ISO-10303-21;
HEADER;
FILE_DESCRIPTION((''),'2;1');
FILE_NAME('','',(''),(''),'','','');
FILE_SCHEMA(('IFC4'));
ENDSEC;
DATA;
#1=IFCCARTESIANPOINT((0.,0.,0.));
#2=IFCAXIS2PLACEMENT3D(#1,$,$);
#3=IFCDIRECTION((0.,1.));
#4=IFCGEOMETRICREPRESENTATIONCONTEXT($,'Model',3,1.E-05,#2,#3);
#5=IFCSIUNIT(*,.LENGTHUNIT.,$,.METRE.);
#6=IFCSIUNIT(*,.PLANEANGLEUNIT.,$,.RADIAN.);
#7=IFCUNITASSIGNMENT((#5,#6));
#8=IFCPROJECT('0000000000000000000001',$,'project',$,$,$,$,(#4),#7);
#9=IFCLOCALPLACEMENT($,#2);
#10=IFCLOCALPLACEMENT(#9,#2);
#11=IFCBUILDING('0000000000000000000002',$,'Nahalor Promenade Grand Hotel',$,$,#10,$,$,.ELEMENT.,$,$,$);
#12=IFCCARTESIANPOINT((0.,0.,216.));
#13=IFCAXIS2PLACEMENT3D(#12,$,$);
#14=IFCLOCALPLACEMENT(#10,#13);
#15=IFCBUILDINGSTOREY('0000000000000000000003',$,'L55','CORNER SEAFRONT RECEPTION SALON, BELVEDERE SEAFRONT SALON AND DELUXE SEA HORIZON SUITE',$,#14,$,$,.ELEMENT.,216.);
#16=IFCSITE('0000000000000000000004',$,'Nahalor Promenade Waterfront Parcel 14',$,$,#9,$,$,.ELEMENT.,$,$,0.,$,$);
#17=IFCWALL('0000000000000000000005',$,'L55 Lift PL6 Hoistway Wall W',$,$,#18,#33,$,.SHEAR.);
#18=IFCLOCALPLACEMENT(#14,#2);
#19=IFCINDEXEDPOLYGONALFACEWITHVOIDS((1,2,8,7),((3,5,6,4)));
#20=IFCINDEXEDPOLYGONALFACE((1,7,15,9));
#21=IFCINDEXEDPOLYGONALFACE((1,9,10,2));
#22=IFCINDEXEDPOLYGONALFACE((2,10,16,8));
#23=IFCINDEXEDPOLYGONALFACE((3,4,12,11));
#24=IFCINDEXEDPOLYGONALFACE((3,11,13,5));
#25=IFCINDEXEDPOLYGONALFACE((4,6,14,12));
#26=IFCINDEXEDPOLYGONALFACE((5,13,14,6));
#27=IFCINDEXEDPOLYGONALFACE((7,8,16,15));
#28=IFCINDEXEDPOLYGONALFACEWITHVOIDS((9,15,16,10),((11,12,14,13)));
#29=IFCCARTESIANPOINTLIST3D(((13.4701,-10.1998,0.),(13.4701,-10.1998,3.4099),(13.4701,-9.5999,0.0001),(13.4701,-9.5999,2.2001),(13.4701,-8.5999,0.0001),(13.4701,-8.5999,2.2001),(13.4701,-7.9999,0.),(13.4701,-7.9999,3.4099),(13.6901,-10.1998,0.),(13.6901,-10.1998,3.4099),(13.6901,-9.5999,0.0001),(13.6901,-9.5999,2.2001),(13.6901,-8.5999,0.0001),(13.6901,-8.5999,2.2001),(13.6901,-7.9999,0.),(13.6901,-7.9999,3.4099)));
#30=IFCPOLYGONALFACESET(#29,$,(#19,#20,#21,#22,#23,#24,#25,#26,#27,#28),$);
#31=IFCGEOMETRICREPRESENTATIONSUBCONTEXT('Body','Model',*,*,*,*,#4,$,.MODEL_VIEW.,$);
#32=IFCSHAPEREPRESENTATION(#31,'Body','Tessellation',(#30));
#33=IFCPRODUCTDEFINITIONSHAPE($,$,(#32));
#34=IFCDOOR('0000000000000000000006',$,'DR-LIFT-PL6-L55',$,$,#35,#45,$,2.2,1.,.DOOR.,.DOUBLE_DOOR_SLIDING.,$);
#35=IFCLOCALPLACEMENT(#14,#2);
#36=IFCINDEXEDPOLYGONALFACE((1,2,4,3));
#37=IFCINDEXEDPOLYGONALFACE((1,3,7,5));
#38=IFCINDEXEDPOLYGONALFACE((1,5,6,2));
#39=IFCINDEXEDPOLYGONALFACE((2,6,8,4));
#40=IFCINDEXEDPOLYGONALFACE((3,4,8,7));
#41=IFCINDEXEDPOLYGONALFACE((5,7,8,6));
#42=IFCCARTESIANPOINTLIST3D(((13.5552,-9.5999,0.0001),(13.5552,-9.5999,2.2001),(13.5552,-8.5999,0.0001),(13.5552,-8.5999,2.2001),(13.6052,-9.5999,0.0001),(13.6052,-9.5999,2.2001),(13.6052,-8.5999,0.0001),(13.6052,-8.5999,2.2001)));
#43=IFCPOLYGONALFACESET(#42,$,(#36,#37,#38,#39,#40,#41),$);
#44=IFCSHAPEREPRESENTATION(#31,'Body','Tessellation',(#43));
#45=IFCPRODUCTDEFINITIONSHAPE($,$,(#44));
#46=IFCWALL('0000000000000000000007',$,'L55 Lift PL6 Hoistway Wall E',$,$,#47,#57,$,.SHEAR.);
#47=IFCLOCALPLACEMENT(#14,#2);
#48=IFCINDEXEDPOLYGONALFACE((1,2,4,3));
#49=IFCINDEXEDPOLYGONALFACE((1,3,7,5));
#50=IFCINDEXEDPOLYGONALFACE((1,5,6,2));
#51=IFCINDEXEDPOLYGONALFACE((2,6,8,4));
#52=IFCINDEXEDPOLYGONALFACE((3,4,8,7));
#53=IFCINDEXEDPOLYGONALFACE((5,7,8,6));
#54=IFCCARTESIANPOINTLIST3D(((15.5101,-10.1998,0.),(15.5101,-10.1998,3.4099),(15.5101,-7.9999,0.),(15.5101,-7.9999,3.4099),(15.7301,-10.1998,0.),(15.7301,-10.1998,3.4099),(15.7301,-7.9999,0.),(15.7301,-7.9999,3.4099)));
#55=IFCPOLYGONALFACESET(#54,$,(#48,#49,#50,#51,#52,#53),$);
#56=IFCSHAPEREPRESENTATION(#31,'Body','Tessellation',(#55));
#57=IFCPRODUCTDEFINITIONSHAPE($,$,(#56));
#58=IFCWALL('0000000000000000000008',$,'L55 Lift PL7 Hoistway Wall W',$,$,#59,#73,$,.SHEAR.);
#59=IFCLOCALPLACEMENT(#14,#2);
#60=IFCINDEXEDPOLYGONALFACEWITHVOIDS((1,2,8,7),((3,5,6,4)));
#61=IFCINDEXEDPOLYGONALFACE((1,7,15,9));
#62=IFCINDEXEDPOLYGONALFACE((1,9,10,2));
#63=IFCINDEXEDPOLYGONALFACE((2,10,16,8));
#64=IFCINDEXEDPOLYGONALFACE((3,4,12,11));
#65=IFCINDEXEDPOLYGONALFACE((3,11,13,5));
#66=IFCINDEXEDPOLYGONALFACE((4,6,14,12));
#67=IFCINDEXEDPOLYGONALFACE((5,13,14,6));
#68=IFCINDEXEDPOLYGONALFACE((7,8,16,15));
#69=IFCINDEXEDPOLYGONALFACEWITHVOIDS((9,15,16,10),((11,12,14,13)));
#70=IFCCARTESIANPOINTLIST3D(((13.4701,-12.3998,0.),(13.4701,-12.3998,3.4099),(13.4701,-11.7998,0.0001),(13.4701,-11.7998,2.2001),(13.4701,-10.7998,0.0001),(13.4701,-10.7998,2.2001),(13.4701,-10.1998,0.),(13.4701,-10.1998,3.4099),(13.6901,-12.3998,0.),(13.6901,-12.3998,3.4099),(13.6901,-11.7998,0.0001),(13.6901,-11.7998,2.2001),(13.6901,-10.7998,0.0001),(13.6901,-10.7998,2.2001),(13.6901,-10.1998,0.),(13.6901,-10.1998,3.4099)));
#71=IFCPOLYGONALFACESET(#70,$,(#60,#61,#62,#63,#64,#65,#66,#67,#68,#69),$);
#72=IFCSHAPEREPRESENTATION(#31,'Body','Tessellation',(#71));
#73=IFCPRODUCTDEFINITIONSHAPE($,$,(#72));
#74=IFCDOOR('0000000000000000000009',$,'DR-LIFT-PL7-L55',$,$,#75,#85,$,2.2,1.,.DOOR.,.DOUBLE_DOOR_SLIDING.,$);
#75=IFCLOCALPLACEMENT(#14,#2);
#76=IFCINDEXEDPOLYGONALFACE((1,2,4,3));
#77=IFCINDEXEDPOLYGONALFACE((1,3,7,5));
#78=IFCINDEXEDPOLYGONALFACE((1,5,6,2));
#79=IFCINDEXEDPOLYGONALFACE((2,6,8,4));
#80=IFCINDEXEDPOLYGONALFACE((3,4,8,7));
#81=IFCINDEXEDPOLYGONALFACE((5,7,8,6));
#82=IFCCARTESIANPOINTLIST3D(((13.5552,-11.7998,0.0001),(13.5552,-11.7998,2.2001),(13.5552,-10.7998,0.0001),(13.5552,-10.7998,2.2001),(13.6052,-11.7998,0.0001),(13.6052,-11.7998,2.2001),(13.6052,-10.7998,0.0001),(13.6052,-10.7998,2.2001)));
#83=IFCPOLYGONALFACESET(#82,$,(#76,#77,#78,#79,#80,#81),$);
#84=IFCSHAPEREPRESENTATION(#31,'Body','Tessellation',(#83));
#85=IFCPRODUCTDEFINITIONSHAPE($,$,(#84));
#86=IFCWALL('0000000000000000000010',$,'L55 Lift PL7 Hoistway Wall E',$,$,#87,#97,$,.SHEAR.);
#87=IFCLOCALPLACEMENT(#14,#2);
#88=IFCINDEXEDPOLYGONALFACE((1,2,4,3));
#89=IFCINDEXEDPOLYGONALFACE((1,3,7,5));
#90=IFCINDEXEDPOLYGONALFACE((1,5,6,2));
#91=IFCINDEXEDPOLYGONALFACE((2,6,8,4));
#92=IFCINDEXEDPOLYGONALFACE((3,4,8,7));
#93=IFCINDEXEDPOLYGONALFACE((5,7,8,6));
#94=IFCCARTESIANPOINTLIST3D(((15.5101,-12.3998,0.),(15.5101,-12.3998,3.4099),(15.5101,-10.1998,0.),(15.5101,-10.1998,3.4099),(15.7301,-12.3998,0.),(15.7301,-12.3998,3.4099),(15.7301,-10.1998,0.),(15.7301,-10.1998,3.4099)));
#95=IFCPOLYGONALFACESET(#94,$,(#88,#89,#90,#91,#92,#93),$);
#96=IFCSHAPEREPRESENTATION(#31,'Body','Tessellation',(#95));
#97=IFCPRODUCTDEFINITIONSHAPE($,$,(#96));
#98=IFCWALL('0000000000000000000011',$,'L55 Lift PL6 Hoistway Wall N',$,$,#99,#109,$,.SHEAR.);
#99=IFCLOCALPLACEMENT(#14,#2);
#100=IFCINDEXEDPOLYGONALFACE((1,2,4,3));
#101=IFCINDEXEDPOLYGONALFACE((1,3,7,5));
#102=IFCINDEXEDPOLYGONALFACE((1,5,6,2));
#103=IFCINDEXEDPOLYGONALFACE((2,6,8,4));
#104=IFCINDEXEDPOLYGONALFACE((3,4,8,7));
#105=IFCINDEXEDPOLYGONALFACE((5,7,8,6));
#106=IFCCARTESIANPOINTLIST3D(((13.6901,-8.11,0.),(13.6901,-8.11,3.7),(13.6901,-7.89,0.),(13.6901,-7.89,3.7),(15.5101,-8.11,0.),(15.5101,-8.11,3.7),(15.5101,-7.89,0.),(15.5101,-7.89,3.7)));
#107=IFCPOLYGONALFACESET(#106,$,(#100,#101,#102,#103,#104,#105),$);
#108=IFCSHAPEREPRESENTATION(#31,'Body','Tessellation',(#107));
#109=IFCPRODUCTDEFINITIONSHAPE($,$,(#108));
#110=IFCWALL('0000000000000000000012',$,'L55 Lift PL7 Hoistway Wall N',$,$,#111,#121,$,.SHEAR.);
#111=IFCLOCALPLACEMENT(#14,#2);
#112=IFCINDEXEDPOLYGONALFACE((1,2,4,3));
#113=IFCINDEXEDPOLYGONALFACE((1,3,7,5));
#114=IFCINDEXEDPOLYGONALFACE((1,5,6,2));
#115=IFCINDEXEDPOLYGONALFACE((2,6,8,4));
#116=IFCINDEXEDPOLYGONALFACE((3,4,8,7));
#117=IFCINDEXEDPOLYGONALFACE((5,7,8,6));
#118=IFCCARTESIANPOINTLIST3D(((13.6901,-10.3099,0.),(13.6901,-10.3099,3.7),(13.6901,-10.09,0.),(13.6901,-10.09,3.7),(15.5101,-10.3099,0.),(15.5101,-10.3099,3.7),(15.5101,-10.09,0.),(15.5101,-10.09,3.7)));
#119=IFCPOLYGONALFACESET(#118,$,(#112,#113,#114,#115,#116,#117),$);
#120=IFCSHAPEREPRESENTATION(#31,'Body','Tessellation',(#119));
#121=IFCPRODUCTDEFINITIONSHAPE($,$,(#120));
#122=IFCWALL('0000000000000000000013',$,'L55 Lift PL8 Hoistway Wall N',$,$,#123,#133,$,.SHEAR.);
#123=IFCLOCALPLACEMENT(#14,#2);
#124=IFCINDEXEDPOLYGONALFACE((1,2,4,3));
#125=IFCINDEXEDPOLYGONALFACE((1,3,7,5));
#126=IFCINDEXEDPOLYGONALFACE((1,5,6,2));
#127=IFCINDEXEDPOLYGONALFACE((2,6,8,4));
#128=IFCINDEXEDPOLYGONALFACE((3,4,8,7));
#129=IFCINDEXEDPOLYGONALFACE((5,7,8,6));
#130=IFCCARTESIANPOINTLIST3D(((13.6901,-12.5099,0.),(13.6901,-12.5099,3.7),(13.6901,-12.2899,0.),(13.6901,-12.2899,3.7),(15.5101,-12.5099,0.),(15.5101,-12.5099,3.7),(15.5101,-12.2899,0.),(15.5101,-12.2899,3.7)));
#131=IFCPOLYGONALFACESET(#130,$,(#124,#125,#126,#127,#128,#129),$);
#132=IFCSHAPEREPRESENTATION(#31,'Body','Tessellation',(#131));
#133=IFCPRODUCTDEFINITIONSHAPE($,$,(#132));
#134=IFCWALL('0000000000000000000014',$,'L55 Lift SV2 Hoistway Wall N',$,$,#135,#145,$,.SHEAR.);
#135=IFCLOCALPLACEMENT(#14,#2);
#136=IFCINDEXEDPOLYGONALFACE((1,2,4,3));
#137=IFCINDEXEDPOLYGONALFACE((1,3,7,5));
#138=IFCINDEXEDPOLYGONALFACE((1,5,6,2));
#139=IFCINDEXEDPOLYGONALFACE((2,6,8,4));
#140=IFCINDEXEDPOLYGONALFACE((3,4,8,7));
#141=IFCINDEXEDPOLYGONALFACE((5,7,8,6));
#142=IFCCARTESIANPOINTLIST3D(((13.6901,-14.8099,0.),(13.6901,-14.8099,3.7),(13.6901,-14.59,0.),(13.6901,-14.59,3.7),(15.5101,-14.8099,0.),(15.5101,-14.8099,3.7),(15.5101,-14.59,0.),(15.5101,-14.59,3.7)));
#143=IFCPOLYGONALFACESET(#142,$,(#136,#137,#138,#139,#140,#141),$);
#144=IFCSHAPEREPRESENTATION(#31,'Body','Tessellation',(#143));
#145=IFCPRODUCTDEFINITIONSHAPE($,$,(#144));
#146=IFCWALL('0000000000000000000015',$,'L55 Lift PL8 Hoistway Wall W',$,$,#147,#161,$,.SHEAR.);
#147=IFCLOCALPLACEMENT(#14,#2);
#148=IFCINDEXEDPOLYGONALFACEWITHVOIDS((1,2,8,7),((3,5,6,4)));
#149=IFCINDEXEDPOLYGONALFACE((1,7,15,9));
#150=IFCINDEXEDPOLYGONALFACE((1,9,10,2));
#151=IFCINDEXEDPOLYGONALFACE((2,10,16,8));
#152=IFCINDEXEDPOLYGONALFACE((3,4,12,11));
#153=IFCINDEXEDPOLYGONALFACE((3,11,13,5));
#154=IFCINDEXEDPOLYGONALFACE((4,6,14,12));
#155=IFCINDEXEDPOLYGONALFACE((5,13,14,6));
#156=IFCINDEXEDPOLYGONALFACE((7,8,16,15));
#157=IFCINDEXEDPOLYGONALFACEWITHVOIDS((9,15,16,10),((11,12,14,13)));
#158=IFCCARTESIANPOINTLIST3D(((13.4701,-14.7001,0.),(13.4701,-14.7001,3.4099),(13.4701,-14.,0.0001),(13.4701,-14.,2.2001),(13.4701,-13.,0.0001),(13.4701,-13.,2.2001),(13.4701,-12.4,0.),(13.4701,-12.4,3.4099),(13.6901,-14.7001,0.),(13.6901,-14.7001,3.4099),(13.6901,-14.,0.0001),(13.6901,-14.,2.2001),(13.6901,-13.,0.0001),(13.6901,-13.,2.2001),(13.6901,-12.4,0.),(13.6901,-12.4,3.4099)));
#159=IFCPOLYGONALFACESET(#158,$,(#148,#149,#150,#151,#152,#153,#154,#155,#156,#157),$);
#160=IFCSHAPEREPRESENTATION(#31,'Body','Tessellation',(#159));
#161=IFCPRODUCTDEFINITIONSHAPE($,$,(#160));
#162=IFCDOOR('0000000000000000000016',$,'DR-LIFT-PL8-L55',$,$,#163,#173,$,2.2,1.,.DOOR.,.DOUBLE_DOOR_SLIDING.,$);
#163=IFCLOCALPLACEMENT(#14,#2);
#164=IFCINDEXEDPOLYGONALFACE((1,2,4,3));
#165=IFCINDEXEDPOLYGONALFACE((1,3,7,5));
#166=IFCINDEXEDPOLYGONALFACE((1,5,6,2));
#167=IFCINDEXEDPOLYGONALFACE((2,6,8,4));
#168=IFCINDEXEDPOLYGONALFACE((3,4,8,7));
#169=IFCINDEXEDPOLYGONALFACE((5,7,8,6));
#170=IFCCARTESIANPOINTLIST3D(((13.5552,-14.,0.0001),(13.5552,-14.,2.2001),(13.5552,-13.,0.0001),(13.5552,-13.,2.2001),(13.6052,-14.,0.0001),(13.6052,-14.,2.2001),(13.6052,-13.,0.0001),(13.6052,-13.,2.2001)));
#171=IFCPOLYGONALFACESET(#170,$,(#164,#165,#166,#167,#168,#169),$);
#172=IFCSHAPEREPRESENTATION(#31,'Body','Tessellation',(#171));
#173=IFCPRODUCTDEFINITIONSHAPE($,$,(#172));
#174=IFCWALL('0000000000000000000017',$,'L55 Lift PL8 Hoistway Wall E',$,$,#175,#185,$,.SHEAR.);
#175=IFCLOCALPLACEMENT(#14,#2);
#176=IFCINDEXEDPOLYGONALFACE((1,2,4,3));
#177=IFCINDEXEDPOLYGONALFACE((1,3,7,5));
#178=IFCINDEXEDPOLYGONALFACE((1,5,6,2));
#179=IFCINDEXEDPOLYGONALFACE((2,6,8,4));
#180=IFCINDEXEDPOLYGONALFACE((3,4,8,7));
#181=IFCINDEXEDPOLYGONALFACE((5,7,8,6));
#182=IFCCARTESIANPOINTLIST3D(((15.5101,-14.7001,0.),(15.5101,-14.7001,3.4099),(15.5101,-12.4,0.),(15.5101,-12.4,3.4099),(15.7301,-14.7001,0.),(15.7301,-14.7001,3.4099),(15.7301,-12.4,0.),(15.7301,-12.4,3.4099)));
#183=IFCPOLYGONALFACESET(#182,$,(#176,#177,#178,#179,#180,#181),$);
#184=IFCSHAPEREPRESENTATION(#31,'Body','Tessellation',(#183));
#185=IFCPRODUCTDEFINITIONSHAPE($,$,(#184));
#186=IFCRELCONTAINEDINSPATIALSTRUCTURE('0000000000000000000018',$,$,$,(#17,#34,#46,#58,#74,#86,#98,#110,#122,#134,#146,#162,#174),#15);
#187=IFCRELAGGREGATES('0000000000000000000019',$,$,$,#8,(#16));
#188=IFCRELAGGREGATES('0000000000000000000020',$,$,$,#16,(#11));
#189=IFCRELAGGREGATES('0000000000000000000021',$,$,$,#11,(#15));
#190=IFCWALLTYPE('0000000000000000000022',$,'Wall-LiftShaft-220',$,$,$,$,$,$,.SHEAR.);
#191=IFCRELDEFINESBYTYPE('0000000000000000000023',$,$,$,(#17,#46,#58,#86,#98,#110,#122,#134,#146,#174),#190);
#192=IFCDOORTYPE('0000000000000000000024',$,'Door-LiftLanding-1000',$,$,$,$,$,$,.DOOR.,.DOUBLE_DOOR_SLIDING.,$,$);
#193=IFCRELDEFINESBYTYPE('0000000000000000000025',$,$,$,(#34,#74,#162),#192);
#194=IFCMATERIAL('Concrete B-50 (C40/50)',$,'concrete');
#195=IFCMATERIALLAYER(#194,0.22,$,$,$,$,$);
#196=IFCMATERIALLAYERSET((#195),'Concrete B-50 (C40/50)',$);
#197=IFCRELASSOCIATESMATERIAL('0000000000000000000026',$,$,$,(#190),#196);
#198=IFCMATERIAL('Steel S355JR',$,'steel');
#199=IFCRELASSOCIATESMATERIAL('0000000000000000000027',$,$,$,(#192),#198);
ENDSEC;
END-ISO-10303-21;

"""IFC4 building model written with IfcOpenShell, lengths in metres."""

from ifc_helpers import new_model, si_unit, direction, frame, frame_2d, origin, place, context, subcontext, project, spatial, rectangle, extrude, source, transform, mapped, material, layer, layer_set, type_object, element, fill, save


model = new_model("IFC4")

# Units and contexts
model_context = context("Model", 3, precision=1e-05, world=origin(), true_north=direction((0.0, 1.0)))
body_context = subcontext(model_context, "Body", "Model", "MODEL_VIEW")
ifc_project = project(units=[si_unit("LENGTHUNIT", "METRE"), si_unit("PLANEANGLEUNIT", "RADIAN")], contexts=[model_context])

# Site, building, storey
site_placement = place(None, origin())
site = spatial("IfcSite", under=ifc_project, at=site_placement, Name="Nahalor Promenade Waterfront Parcel 14", CompositionType="ELEMENT", RefElevation=0.0)
building_placement = place(site_placement, origin())
building = spatial("IfcBuilding", under=site, at=building_placement, Name="Nahalor Promenade Grand Hotel", CompositionType="ELEMENT")
storey_placement = place(building_placement, frame((0.0, 0.0, 216.0)))
storey = spatial("IfcBuildingStorey", under=building, at=storey_placement, Name="L55", Description="CORNER SEAFRONT RECEPTION SALON, BELVEDERE SEAFRONT SALON AND DELUXE SEA HORIZON SUITE", CompositionType="ELEMENT", Elevation=216.0)

# Shared definitions
ifc_material_1 = material(Name="Steel S355JR", Category="steel")

# Shared definitions
ifc_material_2 = material(Name="Concrete B-50 (C40/50)", Category="concrete")
ifc_layer_1 = layer(ifc_material_2, 0.22)
ifc_layer_set_1 = layer_set([ifc_layer_1], Name="Concrete B-50 (C40/50)")
wall_type = type_object("IfcWallType", Name="Wall-LiftShaft-220", PredefinedType="SHEAR", material=ifc_layer_set_1)
door_type = type_object("IfcDoorType", Name="Door-LiftLanding-1000", OperationType="DOUBLE_DOOR_SLIDING", PredefinedType="DOOR", material=ifc_material_1)
shared_shape_1 = source(origin(), body_context, "Body", "SweptSolid", [
    extrude(rectangle(XDim=1.0, YDim=2.2, at=frame_2d((0.5, 1.1001))), frame((0.0, 0.0249, 0.0), z_axis=(0.0, -1.0, 0.0), x_axis=(1.0, 0.0, 0.0)), (0.0, 0.0, 1.0), 0.05),
])

# Wall, opening, door
shared_shape_2 = source(origin(), body_context, "Body", "SweptSolid", [
    extrude(rectangle(XDim=2.2, YDim=0.22, at=frame_2d((1.1001, 0.0))), origin(), (0.0, 0.0, 1.0), 3.4099),
])
wall_1_placement = place(storey_placement, frame((13.5801, -10.2, 0.0), z_axis=(0.0, 0.0, 1.0), x_axis=(0.0, 1.0, 0.0)))
wall_1 = element("IfcWall", 1, at=wall_1_placement, inside=storey, type_object=wall_type, Name="L55 Lift PL6 Hoistway Wall W", PredefinedType="SHEAR", context=body_context, shape_type="MappedRepresentation", body=[
    mapped(shared_shape_2, transform((0.0, 0.0, 0.0), scale=1.0)),
])
opening_1_placement = place(wall_1_placement, frame((0.6001, 0.0, 0.0)))
opening_1 = element("IfcOpeningElement", 2, at=opening_1_placement, cuts=wall_1, PredefinedType="OPENING", context=body_context, shape_type="SweptSolid", body=[
    extrude(rectangle(XDim=1.0, YDim=2.2, at=frame_2d((0.5, 1.1001))), frame((0.0, 0.1199, 0.0), z_axis=(0.0, -1.0, 0.0), x_axis=(1.0, 0.0, 0.0)), (0.0, 0.0, 1.0), 0.24),
])
door_1_placement = place(opening_1_placement, origin())
door_1 = element("IfcDoor", 3, at=door_1_placement, inside=storey, type_object=door_type, Name="DR-LIFT-PL6-L55", OperationType="DOUBLE_DOOR_SLIDING", OverallHeight=2.2, OverallWidth=1.0, PredefinedType="DOOR", context=body_context, shape_type="MappedRepresentation", body=[
    mapped(shared_shape_1, transform((0.0, 0.0, 0.0), scale=1.0)),
])
fill(opening_1, door_1)

# Wall
wall_2_placement = place(storey_placement, frame((15.6201, -10.2, 0.0), z_axis=(0.0, 0.0, 1.0), x_axis=(0.0, 1.0, 0.0)))
element("IfcWall", 4, at=wall_2_placement, inside=storey, type_object=wall_type, Name="L55 Lift PL6 Hoistway Wall E", PredefinedType="SHEAR", context=body_context, shape_type="MappedRepresentation", body=[
    mapped(shared_shape_2, transform((0.0, 0.0, 0.0), scale=1.0)),
])

# Wall, opening, door
wall_3_placement = place(storey_placement, frame((13.5801, -12.3999, 0.0), z_axis=(0.0, 0.0, 1.0), x_axis=(0.0, 1.0, 0.0)))
wall_3 = element("IfcWall", 5, at=wall_3_placement, inside=storey, type_object=wall_type, Name="L55 Lift PL7 Hoistway Wall W", PredefinedType="SHEAR", context=body_context, shape_type="MappedRepresentation", body=[
    mapped(shared_shape_2, transform((0.0, 0.0, 0.0), scale=1.0)),
])
opening_2_placement = place(wall_3_placement, frame((0.6001, 0.0, 0.0)))
opening_2 = element("IfcOpeningElement", 6, at=opening_2_placement, cuts=wall_3, PredefinedType="OPENING", context=body_context, shape_type="SweptSolid", body=[
    extrude(rectangle(XDim=1.0, YDim=2.2, at=frame_2d((0.5, 1.1001))), frame((0.0, 0.1199, 0.0), z_axis=(0.0, -1.0, 0.0), x_axis=(1.0, 0.0, 0.0)), (0.0, 0.0, 1.0), 0.24),
])
door_2_placement = place(opening_2_placement, origin())
door_2 = element("IfcDoor", 7, at=door_2_placement, inside=storey, type_object=door_type, Name="DR-LIFT-PL7-L55", OperationType="DOUBLE_DOOR_SLIDING", OverallHeight=2.2, OverallWidth=1.0, PredefinedType="DOOR", context=body_context, shape_type="MappedRepresentation", body=[
    mapped(shared_shape_1, transform((0.0, 0.0, 0.0), scale=1.0)),
])
fill(opening_2, door_2)

# Walls
wall_4_placement = place(storey_placement, frame((15.6201, -12.3999, 0.0), z_axis=(0.0, 0.0, 1.0), x_axis=(0.0, 1.0, 0.0)))
element("IfcWall", 8, at=wall_4_placement, inside=storey, type_object=wall_type, Name="L55 Lift PL7 Hoistway Wall E", PredefinedType="SHEAR", context=body_context, shape_type="MappedRepresentation", body=[
    mapped(shared_shape_2, transform((0.0, 0.0, 0.0), scale=1.0)),
])
shared_shape_3 = source(origin(), body_context, "Body", "SweptSolid", [
    extrude(rectangle(XDim=1.8201, YDim=0.22, at=frame_2d((0.9102, 0.0))), origin(), (0.0, 0.0, 1.0), 3.7),
])
for number, where, z_axis, x_axis, name in (
    (9, (13.6899, -8.0, 0.0), (0.0, 0.0, 1.0), (1.0, 0.0, 0.0), "L55 Lift PL6 Hoistway Wall N"),
    (10, (13.6899, -10.2, 0.0), (0.0, 0.0, 1.0), (1.0, 0.0, 0.0), "L55 Lift PL7 Hoistway Wall N"),
    (11, (13.6899, -12.3999, 0.0), (0.0, 0.0, 1.0), (1.0, 0.0, 0.0), "L55 Lift PL8 Hoistway Wall N"),
    (12, (13.6899, -14.7, 0.0), (0.0, 0.0, 1.0), (1.0, 0.0, 0.0), "L55 Lift SV2 Hoistway Wall N"),
):
    element("IfcWall", number, at=place(storey_placement, frame(where, z_axis=z_axis, x_axis=x_axis)), inside=storey, type_object=wall_type, Name=name, PredefinedType="SHEAR", context=body_context, shape_type="MappedRepresentation", body=[
        mapped(shared_shape_3, transform((0.0, 0.0, 0.0), scale=1.0)),
    ])

# Wall, opening, door
shared_shape_4 = source(origin(), body_context, "Body", "SweptSolid", [
    extrude(rectangle(XDim=2.3, YDim=0.22, at=frame_2d((1.1499, 0.0))), origin(), (0.0, 0.0, 1.0), 3.4099),
])
wall_5_placement = place(storey_placement, frame((13.5801, -14.7, 0.0), z_axis=(0.0, 0.0, 1.0), x_axis=(0.0, 1.0, 0.0)))
wall_5 = element("IfcWall", 13, at=wall_5_placement, inside=storey, type_object=wall_type, Name="L55 Lift PL8 Hoistway Wall W", PredefinedType="SHEAR", context=body_context, shape_type="MappedRepresentation", body=[
    mapped(shared_shape_4, transform((0.0, 0.0, 0.0), scale=1.0)),
])
opening_3_placement = place(wall_5_placement, frame((0.7, 0.0, 0.0)))
opening_3 = element("IfcOpeningElement", 14, at=opening_3_placement, cuts=wall_5, PredefinedType="OPENING", context=body_context, shape_type="SweptSolid", body=[
    extrude(rectangle(XDim=1.0, YDim=2.2, at=frame_2d((0.5, 1.1001))), frame((0.0, 0.1199, 0.0), z_axis=(0.0, -1.0, 0.0), x_axis=(1.0, 0.0, 0.0)), (0.0, 0.0, 1.0), 0.24),
])
door_3_placement = place(opening_3_placement, origin())
door_3 = element("IfcDoor", 15, at=door_3_placement, inside=storey, type_object=door_type, Name="DR-LIFT-PL8-L55", OperationType="DOUBLE_DOOR_SLIDING", OverallHeight=2.2, OverallWidth=1.0, PredefinedType="DOOR", context=body_context, shape_type="MappedRepresentation", body=[
    mapped(shared_shape_1, transform((0.0, 0.0, 0.0), scale=1.0)),
])
fill(opening_3, door_3)

# Wall
wall_6_placement = place(storey_placement, frame((15.6201, -14.7, 0.0), z_axis=(0.0, 0.0, 1.0), x_axis=(0.0, 1.0, 0.0)))
element("IfcWall", 16, at=wall_6_placement, inside=storey, type_object=wall_type, Name="L55 Lift PL8 Hoistway Wall E", PredefinedType="SHEAR", context=body_context, shape_type="MappedRepresentation", body=[
    mapped(shared_shape_4, transform((0.0, 0.0, 0.0), scale=1.0)),
])

save(model, "model.ifc")
